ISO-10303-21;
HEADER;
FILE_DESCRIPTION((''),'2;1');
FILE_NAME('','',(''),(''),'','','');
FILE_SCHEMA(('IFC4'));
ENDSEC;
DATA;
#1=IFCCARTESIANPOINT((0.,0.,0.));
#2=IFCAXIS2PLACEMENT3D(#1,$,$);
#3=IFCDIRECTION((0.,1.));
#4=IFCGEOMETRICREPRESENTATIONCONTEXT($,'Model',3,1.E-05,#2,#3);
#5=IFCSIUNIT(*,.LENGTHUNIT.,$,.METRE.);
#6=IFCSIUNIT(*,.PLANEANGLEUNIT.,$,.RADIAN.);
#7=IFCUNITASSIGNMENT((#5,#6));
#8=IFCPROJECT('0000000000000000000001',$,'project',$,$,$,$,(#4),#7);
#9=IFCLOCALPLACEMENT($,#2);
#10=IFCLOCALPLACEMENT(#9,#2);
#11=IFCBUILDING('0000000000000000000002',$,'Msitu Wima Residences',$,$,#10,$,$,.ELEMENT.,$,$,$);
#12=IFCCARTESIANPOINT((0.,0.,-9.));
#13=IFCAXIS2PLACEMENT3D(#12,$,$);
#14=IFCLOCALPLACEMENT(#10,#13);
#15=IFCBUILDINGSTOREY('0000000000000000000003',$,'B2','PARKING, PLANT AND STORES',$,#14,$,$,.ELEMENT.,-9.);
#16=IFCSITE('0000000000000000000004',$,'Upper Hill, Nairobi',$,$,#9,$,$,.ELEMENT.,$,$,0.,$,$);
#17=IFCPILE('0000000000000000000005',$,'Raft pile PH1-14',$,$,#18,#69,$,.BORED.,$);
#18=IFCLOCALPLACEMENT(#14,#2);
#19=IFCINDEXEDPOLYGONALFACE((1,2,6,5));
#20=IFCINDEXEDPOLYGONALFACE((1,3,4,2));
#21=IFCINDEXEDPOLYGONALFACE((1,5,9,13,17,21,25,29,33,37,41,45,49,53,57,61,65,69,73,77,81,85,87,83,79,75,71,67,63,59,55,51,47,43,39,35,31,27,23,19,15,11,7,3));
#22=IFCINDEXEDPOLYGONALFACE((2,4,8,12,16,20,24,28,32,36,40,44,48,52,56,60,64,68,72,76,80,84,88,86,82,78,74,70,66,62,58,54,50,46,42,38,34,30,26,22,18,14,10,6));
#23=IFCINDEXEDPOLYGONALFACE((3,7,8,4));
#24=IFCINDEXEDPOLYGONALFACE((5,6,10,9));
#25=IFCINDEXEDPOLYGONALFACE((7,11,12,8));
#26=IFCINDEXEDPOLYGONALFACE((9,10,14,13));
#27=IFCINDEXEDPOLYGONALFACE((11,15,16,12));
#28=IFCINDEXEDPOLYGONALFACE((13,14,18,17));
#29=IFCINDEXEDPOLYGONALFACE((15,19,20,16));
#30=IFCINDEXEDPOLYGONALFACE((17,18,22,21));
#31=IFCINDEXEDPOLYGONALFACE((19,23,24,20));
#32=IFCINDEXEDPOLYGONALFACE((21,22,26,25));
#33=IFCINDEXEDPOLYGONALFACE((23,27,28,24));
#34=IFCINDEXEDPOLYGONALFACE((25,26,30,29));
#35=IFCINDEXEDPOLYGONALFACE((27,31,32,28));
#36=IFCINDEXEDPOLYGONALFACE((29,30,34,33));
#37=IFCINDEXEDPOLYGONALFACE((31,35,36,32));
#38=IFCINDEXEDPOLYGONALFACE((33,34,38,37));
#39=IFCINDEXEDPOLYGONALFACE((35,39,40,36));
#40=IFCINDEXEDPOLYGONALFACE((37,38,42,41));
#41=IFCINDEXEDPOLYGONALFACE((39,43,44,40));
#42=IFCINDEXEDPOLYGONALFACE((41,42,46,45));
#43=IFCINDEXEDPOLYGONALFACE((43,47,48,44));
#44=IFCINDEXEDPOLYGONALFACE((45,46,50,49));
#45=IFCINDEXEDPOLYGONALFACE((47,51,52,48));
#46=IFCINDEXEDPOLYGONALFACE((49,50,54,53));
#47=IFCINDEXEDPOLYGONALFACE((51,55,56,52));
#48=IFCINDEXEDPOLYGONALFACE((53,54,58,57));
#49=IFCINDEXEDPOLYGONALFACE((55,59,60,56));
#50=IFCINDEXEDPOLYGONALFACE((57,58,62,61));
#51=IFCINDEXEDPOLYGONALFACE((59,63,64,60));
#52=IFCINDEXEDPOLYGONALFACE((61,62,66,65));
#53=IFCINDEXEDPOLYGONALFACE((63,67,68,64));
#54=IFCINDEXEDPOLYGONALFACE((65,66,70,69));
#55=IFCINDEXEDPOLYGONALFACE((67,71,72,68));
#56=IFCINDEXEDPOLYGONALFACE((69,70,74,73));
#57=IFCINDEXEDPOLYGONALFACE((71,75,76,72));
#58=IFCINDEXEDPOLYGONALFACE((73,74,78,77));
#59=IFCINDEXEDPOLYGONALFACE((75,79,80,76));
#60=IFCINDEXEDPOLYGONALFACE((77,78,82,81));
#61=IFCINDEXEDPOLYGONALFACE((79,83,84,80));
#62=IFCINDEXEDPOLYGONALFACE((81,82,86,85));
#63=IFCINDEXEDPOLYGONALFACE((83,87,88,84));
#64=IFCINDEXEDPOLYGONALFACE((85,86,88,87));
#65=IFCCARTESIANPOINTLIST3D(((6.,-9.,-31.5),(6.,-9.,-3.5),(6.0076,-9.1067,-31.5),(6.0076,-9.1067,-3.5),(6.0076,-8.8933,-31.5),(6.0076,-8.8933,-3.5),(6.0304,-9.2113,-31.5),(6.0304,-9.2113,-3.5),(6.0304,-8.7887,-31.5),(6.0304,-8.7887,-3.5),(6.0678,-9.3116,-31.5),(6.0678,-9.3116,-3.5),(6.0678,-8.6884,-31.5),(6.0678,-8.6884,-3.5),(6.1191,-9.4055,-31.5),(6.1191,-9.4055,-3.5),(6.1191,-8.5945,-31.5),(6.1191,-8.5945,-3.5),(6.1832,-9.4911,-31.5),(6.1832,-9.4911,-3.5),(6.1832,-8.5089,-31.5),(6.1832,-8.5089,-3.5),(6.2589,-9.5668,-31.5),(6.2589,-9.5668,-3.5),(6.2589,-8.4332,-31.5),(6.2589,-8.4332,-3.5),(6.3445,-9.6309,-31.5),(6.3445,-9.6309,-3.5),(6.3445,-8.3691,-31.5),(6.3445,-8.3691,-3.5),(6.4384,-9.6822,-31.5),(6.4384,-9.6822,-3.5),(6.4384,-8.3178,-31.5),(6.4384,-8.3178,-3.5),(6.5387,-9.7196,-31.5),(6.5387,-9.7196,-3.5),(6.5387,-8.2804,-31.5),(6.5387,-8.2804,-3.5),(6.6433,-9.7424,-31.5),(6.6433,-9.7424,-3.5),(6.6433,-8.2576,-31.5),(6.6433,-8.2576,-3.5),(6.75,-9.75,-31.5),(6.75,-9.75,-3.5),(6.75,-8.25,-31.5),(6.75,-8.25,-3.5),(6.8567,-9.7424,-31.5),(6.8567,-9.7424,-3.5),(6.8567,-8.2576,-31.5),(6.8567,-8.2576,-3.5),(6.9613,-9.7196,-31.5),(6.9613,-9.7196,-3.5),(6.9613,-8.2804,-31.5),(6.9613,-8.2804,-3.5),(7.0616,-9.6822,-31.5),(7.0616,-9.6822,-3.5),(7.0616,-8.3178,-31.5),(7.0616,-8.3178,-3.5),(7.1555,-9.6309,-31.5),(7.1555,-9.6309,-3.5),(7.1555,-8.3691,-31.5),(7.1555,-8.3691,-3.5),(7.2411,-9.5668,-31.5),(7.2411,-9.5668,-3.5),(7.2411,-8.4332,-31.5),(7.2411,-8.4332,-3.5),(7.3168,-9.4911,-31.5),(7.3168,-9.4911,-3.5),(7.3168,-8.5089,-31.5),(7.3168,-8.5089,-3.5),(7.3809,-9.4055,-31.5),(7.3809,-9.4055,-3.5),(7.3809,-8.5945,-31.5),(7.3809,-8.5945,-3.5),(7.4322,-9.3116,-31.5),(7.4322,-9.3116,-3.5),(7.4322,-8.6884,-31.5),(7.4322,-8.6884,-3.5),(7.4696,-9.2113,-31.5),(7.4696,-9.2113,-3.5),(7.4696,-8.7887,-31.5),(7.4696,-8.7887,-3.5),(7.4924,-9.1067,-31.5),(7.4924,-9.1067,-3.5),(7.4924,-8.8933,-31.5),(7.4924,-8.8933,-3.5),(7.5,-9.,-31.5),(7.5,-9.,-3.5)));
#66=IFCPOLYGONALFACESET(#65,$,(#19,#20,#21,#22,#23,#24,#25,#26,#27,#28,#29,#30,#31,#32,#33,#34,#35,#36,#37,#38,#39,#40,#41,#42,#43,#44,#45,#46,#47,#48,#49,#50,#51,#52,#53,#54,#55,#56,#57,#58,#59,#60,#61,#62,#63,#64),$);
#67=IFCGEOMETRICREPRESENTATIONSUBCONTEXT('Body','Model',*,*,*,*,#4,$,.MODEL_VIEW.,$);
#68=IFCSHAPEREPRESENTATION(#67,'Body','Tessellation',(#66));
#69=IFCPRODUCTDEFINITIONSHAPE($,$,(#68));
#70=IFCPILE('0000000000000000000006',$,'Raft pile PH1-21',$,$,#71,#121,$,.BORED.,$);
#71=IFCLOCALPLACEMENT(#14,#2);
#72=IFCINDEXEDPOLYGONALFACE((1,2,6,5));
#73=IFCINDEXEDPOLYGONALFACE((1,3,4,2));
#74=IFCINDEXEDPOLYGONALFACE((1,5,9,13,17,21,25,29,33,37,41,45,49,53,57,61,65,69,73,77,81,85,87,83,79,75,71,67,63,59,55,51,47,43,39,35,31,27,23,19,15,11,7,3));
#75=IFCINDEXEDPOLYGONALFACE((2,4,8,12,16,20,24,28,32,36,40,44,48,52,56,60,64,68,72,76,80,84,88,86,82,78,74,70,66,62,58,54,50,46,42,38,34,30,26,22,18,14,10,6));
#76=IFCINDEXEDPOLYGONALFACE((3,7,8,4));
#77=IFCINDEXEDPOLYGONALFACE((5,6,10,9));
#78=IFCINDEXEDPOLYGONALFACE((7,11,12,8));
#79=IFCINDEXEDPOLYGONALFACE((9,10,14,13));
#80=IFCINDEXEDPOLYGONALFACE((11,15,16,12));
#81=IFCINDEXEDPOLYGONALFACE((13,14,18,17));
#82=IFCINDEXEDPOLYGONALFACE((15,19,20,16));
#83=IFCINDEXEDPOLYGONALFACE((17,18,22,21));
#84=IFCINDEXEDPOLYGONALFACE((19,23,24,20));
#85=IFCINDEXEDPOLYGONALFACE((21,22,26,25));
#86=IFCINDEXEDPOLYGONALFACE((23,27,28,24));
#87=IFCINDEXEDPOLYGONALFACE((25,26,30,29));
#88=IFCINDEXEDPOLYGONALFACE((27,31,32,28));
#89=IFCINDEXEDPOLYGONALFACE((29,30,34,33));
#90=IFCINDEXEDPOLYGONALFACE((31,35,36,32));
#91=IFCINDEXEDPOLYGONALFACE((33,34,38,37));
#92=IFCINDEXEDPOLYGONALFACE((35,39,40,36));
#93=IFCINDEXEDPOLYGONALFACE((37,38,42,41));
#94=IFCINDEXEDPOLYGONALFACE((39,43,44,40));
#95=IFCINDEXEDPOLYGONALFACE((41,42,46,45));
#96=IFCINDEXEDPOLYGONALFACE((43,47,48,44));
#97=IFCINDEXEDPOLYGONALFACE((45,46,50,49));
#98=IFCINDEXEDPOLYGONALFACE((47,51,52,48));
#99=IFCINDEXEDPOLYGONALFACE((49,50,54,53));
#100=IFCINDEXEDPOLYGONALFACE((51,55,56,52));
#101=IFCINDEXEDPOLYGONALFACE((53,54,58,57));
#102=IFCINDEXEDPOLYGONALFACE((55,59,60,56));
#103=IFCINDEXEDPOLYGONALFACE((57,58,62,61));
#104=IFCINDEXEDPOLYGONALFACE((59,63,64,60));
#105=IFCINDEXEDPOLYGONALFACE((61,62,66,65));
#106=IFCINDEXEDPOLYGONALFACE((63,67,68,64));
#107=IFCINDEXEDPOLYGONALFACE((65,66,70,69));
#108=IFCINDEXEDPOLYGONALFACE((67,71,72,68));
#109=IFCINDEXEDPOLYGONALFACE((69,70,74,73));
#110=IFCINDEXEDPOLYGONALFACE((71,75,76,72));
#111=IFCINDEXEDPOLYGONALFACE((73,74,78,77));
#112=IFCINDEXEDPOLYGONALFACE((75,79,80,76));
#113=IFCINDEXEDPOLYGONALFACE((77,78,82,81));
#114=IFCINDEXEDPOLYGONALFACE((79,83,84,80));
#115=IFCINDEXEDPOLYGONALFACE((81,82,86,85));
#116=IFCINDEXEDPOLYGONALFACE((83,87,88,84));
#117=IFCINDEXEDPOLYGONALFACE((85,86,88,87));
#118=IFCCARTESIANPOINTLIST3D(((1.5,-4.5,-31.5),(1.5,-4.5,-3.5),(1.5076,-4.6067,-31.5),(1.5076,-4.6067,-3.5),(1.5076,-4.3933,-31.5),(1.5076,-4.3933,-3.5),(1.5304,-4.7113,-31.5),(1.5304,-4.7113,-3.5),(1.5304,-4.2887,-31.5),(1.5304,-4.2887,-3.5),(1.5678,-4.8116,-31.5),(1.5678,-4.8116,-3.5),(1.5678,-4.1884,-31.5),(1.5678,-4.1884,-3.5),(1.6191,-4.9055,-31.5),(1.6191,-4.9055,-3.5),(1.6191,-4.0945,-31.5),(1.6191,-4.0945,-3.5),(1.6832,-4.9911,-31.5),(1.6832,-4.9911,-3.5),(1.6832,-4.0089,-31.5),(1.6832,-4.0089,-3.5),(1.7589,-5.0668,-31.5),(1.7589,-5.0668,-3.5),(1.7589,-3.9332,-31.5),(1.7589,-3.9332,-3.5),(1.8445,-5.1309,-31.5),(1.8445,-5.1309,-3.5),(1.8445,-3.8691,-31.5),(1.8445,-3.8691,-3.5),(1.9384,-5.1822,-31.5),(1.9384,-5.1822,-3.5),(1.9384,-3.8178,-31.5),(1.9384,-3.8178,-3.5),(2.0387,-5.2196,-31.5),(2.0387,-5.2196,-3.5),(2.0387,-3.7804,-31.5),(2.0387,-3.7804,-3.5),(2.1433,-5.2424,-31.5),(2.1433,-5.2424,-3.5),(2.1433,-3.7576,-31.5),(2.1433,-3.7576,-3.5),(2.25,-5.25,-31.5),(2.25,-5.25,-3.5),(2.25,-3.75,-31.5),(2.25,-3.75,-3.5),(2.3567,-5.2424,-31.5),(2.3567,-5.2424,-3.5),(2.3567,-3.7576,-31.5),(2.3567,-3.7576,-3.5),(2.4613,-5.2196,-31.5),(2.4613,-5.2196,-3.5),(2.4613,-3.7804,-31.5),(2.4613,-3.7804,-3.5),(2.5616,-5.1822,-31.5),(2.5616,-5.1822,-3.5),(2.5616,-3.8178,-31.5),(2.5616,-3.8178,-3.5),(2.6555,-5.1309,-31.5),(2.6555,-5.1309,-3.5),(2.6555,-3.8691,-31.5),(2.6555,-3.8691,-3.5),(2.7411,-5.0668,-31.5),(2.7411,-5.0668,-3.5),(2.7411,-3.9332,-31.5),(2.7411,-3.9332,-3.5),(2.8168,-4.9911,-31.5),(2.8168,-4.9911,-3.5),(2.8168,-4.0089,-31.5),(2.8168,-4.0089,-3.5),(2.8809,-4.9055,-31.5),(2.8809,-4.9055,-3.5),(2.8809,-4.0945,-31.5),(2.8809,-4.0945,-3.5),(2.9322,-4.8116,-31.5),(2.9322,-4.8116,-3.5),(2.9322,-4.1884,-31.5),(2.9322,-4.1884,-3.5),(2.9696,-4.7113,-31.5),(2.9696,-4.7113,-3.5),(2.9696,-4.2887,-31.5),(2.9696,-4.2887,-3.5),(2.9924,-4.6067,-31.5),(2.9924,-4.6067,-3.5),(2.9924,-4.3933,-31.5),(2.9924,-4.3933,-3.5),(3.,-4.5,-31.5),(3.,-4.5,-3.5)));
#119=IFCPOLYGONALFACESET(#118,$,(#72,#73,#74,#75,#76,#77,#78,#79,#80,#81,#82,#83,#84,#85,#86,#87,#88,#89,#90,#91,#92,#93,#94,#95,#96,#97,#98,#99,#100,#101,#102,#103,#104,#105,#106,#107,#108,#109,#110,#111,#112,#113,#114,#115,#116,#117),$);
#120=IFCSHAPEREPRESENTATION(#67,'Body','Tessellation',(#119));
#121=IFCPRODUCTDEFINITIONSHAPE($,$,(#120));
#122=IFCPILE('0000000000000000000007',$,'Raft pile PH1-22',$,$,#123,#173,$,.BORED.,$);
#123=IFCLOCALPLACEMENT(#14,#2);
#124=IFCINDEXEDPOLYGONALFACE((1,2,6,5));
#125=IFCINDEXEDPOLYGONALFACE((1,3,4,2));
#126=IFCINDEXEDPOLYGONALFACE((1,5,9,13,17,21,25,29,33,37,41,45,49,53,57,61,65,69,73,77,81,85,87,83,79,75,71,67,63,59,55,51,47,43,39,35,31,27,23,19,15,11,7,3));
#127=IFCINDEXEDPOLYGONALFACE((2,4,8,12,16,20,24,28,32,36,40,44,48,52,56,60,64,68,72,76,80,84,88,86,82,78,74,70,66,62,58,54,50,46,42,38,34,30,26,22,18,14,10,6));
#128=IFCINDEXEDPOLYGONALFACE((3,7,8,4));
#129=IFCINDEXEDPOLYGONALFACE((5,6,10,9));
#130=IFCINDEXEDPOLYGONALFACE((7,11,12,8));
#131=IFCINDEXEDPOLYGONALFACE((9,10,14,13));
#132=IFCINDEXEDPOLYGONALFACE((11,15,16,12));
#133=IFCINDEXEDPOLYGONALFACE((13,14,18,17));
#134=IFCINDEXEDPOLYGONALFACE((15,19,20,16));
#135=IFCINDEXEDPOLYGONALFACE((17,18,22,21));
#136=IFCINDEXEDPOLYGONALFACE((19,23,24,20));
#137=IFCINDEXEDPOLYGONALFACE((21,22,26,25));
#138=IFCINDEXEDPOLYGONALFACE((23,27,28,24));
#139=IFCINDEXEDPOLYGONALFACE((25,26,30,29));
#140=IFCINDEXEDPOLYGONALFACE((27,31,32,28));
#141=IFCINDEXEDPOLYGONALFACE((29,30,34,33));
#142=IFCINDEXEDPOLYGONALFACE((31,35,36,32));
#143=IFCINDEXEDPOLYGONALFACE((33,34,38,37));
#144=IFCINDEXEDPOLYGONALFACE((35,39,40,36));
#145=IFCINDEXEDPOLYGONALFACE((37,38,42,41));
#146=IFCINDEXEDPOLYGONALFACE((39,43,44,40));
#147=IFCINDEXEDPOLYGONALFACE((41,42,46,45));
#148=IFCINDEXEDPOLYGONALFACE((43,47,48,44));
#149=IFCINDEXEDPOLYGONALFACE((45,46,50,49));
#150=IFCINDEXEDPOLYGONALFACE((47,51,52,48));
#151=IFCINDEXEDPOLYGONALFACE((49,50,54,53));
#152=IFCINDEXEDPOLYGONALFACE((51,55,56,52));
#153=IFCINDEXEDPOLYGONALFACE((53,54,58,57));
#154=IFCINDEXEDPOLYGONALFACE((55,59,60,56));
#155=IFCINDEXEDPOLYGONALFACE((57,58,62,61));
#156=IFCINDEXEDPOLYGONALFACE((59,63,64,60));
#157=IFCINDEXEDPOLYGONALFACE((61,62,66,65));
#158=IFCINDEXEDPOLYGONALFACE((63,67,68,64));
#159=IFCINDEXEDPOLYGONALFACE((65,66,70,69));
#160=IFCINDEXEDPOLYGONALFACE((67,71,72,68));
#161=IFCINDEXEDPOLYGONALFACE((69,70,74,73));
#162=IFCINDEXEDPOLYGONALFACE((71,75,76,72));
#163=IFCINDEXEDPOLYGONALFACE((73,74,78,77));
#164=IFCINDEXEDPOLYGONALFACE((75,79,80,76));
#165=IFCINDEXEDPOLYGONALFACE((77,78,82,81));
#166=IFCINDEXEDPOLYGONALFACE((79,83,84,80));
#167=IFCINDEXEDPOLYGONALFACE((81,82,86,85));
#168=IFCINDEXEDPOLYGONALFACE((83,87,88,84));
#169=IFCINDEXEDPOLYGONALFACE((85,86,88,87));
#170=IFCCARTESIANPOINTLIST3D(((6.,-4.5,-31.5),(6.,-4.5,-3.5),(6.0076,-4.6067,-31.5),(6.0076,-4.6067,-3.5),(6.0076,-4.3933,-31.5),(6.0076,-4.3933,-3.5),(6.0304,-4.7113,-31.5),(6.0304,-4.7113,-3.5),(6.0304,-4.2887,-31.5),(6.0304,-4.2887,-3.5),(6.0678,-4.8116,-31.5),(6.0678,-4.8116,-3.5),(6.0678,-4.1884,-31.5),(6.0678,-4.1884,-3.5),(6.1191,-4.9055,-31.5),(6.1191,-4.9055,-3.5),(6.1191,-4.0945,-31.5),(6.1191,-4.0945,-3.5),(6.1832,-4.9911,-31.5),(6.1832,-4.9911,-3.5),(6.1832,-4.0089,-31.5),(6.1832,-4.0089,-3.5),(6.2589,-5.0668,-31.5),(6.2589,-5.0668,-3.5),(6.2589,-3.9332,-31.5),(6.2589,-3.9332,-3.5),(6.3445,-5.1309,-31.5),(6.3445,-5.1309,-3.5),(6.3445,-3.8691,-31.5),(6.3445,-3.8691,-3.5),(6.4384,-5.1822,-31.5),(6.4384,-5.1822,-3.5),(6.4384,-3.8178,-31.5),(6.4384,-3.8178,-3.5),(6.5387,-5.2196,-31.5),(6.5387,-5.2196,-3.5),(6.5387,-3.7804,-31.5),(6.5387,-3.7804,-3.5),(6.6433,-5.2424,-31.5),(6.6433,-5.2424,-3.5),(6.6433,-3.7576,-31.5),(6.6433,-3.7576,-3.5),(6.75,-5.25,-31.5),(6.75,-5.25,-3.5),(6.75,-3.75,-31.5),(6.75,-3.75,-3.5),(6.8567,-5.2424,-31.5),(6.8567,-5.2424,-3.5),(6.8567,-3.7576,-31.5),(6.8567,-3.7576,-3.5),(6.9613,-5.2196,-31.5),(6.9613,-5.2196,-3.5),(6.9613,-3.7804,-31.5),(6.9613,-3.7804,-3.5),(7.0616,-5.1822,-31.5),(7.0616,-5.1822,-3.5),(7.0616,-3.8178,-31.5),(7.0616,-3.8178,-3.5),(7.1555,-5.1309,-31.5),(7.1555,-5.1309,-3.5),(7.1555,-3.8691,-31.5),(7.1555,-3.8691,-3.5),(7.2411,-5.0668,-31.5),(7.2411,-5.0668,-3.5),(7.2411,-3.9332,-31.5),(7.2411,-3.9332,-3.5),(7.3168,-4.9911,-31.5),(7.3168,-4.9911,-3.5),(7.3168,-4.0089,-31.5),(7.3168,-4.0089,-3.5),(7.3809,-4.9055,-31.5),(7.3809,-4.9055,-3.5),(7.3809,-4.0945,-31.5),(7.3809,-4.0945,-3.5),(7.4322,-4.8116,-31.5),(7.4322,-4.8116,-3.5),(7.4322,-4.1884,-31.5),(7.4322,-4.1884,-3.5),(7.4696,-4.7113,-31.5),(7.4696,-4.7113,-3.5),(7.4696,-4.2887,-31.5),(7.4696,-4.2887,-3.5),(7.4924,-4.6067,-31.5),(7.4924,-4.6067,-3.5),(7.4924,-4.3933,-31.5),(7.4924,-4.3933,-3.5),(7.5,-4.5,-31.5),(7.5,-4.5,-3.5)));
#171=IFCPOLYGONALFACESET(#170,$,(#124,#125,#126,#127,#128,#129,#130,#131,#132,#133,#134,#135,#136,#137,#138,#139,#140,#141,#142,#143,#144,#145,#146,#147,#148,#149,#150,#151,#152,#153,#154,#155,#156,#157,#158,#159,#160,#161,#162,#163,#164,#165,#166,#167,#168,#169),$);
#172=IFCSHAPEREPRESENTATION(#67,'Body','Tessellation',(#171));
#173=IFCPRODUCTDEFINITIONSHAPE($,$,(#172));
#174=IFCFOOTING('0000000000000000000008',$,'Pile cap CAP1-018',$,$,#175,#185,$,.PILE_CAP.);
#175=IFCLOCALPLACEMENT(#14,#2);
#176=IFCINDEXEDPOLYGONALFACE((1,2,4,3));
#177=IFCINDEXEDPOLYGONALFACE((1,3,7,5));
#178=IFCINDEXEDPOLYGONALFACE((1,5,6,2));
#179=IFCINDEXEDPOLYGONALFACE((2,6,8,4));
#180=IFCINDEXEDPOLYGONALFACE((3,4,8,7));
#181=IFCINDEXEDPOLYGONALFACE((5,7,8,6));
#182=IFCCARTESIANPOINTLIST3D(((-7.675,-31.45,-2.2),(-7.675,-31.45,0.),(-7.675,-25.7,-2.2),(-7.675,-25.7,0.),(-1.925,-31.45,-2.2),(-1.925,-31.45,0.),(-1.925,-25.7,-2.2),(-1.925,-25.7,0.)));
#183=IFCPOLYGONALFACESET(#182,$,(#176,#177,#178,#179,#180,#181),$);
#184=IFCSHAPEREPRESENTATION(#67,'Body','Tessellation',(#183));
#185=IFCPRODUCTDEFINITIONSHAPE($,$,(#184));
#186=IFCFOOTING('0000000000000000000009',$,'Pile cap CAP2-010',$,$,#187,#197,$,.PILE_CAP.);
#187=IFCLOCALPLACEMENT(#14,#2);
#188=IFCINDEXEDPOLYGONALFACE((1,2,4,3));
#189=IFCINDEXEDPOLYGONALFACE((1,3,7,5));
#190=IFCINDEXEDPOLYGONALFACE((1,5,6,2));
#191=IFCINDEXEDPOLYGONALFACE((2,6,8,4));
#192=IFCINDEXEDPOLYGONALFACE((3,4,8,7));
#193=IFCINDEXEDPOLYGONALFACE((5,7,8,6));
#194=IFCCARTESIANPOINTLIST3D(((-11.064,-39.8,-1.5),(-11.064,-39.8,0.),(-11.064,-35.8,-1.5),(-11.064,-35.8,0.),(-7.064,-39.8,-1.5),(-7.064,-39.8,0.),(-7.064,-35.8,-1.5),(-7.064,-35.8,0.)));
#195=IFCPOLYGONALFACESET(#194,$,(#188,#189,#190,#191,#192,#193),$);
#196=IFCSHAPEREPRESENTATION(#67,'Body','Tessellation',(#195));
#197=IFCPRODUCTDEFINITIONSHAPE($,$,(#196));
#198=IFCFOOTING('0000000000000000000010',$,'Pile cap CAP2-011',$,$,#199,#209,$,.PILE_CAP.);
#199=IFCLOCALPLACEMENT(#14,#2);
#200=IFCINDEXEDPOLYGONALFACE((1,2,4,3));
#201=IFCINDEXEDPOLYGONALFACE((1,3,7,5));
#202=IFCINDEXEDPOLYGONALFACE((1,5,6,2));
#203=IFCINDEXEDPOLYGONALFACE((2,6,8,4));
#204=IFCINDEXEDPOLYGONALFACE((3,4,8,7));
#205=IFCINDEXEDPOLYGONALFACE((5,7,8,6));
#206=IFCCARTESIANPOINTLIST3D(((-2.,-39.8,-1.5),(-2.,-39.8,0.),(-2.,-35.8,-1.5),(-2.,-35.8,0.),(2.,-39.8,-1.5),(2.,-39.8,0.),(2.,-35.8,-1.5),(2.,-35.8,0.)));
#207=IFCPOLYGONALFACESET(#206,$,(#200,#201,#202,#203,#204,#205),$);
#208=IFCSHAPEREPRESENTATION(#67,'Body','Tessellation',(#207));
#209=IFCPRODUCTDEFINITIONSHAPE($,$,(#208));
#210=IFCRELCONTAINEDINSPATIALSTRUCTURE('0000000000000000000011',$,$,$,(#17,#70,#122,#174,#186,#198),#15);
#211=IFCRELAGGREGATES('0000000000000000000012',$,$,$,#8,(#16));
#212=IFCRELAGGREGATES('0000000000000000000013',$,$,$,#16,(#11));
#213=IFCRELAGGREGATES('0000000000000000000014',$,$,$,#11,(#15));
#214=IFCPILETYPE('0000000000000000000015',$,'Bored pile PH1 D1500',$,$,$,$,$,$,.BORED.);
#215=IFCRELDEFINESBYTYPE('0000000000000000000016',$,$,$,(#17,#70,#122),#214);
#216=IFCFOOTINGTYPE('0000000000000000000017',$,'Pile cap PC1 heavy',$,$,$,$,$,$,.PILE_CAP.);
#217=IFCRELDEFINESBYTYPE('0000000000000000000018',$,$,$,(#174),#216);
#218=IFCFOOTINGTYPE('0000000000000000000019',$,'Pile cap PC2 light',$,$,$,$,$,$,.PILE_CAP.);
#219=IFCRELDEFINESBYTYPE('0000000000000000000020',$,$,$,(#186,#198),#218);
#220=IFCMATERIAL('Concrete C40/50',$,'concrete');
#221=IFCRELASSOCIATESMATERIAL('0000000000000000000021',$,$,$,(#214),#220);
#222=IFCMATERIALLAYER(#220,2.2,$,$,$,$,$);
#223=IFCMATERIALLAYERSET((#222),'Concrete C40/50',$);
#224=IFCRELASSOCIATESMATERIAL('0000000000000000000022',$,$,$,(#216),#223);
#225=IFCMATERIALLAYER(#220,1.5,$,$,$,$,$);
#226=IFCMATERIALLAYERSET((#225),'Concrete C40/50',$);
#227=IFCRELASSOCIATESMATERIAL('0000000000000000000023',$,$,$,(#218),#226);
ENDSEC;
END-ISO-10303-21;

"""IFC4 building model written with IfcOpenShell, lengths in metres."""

from ifc_helpers import new_model, si_unit, direction, frame, origin, origin_2d, place, context, subcontext, project, spatial, polyline, circle, outline, extrude, material, layer, layer_set, type_object, element, save


model = new_model("IFC4")

# Units and contexts
model_context = context("Model", 3, precision=1e-05, world=origin(), true_north=direction((0.0, 1.0)))
body_context = subcontext(model_context, "Body", "Model", "MODEL_VIEW")
ifc_project = project(units=[si_unit("LENGTHUNIT", "METRE"), si_unit("PLANEANGLEUNIT", "RADIAN")], contexts=[model_context])

# Site, building, storey
site_placement = place(None, origin())
site = spatial("IfcSite", under=ifc_project, at=site_placement, Name="Upper Hill, Nairobi", CompositionType="ELEMENT", RefElevation=0.0)
building_placement = place(site_placement, origin())
building = spatial("IfcBuilding", under=site, at=building_placement, Name="Msitu Wima Residences", CompositionType="ELEMENT")
storey_placement = place(building_placement, frame((0.0, 0.0, -9.0)))
storey = spatial("IfcBuildingStorey", under=building, at=storey_placement, Name="B2", Description="PARKING, PLANT AND STORES", CompositionType="ELEMENT", Elevation=-9.0)

# Piles
ifc_material_1 = material(Name="Concrete C40/50", Category="concrete")
pile_type = type_object("IfcPileType", Name="Bored pile PH1 D1500", PredefinedType="BORED", material=ifc_material_1)
for number, where, z_axis, x_axis, name in (
    (1, (6.75, -9.0, -3.5), (0.0, 0.0, -1.0), (1.0, 0.0, 0.0), "Raft pile PH1-14"),
    (2, (2.25, -4.5, -3.5), (0.0, 0.0, -1.0), (1.0, 0.0, 0.0), "Raft pile PH1-21"),
    (3, (6.75, -4.5, -3.5), (0.0, 0.0, -1.0), (1.0, 0.0, 0.0), "Raft pile PH1-22"),
):
    element("IfcPile", number, at=place(storey_placement, frame(where, z_axis=z_axis, x_axis=x_axis)), inside=storey, type_object=pile_type, Name=name, PredefinedType="BORED", context=body_context, shape_type="SweptSolid", body=[
        extrude(circle(Radius=0.75, at=origin_2d()), origin(), (0.0, 0.0, 1.0), 28.0),
    ])

# Footings
ifc_layer_1 = layer(ifc_material_1, 2.2)
ifc_layer_set_1 = layer_set([ifc_layer_1], Name="Concrete C40/50")
footing_type_1 = type_object("IfcFootingType", Name="Pile cap PC1 heavy", PredefinedType="PILE_CAP", material=ifc_layer_set_1)
footing_1_placement = place(storey_placement, frame((0.0, 0.0, -2.2)))
element("IfcFooting", 4, at=footing_1_placement, inside=storey, type_object=footing_type_1, Name="Pile cap CAP1-018", PredefinedType="PILE_CAP", context=body_context, shape_type="SweptSolid", body=[
    extrude(outline(polyline([(-1.925, -31.45), (-1.925, -25.7), (-7.675, -25.7), (-7.675, -31.45), (-1.925, -31.45)])), origin(), (0.0, 0.0, 1.0), 2.2),
])
ifc_layer_2 = layer(ifc_material_1, 1.5)
ifc_layer_set_2 = layer_set([ifc_layer_2], Name="Concrete C40/50")
footing_type_2 = type_object("IfcFootingType", Name="Pile cap PC2 light", PredefinedType="PILE_CAP", material=ifc_layer_set_2)
footing_2_placement = place(storey_placement, frame((0.0, 0.0, -1.5)))
element("IfcFooting", 5, at=footing_2_placement, inside=storey, type_object=footing_type_2, Name="Pile cap CAP2-010", PredefinedType="PILE_CAP", context=body_context, shape_type="SweptSolid", body=[
    extrude(outline(polyline([(-7.064, -39.8), (-7.064, -35.8), (-11.064, -35.8), (-11.064, -39.8), (-7.064, -39.8)])), origin(), (0.0, 0.0, 1.0), 1.5),
])
footing_3_placement = place(storey_placement, frame((0.0, 0.0, -1.5)))
element("IfcFooting", 6, at=footing_3_placement, inside=storey, type_object=footing_type_2, Name="Pile cap CAP2-011", PredefinedType="PILE_CAP", context=body_context, shape_type="SweptSolid", body=[
    extrude(outline(polyline([(2.0, -39.8), (2.0, -35.8), (-2.0, -35.8), (-2.0, -39.8), (2.0, -39.8)])), origin(), (0.0, 0.0, 1.0), 1.5),
])

save(model, "model.ifc")
